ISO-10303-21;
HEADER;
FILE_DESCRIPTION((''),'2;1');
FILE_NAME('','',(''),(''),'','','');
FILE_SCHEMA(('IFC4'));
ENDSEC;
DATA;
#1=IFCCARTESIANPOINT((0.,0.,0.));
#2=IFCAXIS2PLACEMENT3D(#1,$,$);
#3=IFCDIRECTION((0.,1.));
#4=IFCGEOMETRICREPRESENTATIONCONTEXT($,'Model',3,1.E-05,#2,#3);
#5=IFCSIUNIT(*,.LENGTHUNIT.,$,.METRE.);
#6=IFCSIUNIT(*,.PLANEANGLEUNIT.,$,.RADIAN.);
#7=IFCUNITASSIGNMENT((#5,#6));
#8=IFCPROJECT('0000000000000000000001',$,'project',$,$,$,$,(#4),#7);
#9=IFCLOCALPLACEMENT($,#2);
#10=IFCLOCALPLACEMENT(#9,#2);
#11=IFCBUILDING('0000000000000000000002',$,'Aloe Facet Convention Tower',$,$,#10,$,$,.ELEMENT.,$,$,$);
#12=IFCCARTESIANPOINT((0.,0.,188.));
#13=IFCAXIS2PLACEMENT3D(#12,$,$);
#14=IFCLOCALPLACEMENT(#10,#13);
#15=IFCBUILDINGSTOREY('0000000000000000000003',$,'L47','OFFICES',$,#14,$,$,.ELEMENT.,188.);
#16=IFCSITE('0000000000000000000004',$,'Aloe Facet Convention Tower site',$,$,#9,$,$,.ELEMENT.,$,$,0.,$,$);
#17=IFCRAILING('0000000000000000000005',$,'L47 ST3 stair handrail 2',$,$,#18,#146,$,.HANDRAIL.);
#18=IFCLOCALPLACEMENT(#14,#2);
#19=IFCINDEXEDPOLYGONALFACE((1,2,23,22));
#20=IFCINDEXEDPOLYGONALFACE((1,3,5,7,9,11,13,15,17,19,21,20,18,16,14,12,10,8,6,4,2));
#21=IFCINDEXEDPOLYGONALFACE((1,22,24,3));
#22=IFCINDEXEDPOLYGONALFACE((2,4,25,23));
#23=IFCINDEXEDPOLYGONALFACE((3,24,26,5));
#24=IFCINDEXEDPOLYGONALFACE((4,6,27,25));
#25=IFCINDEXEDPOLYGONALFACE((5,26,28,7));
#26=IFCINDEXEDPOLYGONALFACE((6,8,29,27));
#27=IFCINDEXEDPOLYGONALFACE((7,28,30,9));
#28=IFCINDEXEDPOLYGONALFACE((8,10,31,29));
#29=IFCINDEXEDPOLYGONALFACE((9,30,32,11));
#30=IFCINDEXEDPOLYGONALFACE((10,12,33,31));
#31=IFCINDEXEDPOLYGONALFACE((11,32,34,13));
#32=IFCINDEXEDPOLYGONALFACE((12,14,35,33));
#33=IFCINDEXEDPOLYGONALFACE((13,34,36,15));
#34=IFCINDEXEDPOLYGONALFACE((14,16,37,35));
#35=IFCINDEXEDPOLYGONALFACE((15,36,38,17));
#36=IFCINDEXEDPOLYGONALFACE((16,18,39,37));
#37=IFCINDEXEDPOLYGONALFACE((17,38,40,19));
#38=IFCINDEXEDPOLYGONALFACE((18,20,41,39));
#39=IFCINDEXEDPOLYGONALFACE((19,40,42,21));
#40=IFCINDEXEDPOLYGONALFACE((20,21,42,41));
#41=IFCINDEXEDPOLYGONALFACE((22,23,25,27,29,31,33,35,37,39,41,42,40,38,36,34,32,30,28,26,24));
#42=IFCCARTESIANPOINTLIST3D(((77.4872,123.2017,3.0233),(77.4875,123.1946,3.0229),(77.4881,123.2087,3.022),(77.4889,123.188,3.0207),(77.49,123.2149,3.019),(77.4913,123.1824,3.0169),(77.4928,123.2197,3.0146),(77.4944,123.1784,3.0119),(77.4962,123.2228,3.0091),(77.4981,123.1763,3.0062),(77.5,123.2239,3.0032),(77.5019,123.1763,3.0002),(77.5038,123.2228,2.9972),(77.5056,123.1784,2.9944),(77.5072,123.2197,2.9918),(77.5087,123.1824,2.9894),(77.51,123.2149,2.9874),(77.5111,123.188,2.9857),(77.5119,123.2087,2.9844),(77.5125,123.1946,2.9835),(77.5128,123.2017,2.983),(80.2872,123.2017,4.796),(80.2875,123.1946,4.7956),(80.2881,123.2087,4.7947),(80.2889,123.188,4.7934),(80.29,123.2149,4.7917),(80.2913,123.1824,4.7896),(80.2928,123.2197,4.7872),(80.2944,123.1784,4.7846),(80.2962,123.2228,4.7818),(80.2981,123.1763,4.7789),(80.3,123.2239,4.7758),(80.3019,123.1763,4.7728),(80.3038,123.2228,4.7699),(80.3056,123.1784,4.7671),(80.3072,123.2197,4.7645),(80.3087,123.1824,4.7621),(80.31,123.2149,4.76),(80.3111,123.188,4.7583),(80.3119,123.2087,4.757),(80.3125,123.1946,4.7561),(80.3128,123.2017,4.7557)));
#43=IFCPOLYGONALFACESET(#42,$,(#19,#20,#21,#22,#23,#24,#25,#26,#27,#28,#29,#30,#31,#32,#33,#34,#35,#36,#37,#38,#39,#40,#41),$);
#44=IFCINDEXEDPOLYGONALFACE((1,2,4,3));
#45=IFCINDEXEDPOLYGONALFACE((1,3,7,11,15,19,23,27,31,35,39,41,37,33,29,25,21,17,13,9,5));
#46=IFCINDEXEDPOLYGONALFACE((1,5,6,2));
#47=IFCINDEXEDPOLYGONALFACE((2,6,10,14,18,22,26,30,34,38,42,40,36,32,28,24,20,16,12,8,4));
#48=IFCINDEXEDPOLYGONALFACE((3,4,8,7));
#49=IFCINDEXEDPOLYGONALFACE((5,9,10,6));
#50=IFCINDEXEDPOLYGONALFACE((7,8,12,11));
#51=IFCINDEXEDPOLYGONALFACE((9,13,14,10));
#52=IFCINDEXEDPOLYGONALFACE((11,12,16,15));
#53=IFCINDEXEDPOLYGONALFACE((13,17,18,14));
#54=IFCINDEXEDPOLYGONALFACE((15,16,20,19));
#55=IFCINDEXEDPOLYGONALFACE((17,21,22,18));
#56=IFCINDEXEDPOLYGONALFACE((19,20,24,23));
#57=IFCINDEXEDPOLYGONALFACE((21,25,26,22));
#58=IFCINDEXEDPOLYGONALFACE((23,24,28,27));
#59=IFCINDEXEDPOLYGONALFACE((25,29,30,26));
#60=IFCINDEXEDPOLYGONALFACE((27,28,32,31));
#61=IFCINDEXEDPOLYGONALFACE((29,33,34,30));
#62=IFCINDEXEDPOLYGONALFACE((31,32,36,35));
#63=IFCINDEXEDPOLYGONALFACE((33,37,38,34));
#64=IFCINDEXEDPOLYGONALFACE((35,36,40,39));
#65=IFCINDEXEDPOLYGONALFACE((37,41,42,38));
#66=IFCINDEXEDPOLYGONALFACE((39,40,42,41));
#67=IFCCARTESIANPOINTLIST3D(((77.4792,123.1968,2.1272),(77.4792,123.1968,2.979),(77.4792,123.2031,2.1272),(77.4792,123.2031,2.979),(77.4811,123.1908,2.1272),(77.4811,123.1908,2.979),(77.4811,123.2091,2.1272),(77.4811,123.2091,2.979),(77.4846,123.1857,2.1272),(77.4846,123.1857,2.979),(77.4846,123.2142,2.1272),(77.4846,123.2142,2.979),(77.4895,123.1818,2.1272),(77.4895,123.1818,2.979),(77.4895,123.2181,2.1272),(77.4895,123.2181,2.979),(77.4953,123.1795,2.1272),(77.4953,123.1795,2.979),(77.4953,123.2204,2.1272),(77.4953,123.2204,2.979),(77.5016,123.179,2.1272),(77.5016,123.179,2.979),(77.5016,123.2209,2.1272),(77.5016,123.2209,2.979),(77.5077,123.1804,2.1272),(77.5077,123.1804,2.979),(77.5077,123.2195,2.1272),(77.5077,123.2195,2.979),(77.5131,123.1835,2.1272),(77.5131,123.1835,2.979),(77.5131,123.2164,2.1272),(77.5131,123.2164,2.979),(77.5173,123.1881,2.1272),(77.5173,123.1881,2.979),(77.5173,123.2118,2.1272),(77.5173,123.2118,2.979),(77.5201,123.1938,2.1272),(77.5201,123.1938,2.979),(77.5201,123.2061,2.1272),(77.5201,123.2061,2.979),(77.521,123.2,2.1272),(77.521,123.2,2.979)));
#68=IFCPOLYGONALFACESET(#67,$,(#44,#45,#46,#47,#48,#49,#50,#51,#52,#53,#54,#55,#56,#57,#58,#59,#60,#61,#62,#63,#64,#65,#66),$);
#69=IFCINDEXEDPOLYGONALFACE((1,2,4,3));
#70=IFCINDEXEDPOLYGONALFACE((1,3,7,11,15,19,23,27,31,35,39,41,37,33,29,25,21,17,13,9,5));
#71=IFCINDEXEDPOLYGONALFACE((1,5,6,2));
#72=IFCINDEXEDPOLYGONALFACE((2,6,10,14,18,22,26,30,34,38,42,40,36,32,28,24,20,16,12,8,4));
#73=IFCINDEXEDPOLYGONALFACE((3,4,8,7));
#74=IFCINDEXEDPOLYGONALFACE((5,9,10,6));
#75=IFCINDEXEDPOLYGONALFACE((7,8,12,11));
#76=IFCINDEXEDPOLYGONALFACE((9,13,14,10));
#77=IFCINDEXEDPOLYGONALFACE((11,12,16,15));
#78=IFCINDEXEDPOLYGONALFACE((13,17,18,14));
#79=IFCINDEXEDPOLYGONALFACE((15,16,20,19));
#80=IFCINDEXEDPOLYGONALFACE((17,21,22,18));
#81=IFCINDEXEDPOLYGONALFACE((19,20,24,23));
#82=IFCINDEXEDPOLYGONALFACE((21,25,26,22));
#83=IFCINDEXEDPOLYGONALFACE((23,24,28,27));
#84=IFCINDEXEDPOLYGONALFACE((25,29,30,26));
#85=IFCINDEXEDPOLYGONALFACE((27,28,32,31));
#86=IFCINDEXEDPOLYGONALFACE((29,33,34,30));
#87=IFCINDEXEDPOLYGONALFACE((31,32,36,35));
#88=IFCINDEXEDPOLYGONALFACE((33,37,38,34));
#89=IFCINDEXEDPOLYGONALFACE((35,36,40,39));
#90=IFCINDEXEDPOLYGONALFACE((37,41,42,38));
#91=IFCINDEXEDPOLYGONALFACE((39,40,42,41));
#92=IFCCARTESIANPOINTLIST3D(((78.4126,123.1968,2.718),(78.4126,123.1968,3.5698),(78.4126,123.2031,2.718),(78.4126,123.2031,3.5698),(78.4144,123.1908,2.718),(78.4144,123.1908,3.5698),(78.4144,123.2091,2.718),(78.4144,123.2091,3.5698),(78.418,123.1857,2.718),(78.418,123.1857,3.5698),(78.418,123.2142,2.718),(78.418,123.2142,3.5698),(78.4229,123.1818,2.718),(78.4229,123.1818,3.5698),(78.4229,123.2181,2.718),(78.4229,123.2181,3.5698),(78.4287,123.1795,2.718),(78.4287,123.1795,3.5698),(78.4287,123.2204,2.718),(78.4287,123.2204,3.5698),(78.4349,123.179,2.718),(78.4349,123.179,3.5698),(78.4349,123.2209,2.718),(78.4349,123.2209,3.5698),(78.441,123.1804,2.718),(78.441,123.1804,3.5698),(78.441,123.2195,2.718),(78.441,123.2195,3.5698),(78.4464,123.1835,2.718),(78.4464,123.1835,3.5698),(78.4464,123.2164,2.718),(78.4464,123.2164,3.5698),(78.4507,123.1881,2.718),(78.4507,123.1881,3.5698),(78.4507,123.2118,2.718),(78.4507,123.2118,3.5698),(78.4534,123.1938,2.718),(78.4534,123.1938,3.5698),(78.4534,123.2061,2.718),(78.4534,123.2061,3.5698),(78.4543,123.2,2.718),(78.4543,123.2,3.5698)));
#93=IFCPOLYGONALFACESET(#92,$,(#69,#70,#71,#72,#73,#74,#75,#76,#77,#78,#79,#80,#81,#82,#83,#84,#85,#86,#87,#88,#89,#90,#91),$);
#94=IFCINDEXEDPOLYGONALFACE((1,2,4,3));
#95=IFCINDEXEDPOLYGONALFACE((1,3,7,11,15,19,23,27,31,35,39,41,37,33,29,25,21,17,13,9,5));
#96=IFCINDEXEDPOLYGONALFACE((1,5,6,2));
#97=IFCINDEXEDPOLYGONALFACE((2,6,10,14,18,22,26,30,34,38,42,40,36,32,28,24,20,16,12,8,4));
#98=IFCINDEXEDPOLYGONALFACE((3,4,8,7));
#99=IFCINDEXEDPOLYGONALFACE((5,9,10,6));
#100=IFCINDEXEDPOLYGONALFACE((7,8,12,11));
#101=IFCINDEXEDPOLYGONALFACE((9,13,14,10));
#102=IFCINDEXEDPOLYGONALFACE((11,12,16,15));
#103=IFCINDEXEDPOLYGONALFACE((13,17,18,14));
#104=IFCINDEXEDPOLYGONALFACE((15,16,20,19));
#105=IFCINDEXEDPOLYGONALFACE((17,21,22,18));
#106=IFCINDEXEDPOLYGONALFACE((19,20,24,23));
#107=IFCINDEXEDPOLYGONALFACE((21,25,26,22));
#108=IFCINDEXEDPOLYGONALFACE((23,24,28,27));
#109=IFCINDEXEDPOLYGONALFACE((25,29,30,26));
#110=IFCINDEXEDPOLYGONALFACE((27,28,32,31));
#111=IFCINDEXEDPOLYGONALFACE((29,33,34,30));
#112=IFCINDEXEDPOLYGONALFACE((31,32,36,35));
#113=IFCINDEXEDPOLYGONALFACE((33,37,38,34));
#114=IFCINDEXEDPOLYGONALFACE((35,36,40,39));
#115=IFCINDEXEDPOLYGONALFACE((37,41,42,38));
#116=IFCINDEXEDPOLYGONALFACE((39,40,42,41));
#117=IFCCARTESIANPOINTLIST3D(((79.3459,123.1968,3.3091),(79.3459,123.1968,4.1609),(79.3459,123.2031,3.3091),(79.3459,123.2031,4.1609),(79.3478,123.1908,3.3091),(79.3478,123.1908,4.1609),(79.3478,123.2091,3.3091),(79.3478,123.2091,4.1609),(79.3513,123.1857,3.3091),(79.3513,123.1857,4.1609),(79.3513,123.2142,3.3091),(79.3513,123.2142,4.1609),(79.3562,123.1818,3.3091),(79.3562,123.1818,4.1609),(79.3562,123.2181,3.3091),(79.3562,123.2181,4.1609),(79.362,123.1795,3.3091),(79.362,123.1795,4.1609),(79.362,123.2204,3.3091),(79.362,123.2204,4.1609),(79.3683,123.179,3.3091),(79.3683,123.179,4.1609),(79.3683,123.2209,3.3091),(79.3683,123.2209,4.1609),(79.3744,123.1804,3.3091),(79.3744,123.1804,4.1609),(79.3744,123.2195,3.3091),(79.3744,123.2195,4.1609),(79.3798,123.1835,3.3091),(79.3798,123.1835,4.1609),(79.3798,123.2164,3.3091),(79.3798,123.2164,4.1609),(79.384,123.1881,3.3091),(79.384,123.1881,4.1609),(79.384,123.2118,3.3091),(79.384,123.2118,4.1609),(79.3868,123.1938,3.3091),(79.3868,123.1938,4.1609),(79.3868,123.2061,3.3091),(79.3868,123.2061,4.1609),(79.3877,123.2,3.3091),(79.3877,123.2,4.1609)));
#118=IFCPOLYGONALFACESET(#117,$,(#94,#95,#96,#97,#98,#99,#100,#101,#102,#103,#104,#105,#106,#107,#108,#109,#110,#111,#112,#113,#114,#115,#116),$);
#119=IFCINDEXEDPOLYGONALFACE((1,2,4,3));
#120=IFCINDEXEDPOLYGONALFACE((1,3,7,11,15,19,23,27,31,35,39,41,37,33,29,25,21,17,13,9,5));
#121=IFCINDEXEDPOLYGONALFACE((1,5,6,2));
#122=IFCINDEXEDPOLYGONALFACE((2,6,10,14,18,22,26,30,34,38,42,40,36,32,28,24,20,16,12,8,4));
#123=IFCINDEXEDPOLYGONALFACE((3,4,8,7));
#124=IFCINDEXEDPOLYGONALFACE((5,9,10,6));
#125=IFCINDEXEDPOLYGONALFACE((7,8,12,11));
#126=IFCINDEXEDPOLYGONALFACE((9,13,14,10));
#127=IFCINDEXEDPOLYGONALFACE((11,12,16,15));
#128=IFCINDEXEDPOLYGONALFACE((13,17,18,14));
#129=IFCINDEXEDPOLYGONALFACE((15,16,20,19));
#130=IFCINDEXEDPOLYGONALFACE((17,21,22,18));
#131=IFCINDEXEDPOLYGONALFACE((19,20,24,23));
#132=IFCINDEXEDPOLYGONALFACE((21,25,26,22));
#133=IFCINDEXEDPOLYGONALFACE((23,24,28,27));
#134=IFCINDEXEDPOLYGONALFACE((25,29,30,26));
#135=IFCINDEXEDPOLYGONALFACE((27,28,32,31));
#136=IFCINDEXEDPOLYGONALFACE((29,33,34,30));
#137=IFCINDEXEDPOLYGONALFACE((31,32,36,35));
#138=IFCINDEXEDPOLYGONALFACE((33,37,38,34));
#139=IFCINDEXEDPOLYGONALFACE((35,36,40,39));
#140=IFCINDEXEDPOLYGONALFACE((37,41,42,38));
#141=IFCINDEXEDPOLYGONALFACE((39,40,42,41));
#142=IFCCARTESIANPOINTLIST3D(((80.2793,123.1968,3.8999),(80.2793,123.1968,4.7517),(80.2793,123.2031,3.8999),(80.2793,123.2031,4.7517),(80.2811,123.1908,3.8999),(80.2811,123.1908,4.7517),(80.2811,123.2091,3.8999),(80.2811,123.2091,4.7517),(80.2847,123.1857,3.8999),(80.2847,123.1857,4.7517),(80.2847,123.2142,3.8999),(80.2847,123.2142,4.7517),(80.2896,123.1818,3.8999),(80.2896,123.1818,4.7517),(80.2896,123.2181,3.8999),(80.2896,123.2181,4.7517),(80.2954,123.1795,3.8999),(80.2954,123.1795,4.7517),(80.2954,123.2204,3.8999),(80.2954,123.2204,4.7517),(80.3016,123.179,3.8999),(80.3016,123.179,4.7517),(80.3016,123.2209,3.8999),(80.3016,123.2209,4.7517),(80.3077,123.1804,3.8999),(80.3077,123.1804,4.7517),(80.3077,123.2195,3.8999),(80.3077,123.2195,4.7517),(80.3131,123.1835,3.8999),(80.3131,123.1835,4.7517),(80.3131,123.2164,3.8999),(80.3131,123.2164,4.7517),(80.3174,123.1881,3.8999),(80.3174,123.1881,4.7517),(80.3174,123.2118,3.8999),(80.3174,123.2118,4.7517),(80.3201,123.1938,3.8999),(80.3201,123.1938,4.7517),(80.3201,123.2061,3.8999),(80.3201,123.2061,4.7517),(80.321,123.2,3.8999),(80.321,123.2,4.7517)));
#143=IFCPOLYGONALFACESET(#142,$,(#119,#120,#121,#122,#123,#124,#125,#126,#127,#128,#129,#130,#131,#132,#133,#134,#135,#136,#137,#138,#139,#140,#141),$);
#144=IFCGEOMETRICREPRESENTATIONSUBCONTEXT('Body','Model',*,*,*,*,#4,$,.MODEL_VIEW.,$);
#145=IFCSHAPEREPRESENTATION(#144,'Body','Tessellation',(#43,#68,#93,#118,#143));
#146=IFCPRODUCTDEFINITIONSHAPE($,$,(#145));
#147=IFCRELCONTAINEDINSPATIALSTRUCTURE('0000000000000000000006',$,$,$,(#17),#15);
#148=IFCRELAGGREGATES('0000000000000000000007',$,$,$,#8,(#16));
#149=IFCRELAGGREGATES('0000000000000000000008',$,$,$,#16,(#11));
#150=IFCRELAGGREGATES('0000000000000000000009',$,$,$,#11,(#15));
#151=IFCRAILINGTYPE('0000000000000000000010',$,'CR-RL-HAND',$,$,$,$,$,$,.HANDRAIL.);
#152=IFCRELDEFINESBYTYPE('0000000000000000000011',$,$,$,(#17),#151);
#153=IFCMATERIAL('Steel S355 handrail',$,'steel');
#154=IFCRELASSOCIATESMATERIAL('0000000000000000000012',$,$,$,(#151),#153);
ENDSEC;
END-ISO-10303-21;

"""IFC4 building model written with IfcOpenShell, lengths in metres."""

from ifc_helpers import new_model, si_unit, direction, frame, origin, origin_2d, place, context, subcontext, project, spatial, circle, extrude, material, type_object, element, save


model = new_model("IFC4")

# Units and contexts
model_context = context("Model", 3, precision=1e-05, world=origin(), true_north=direction((0.0, 1.0)))
body_context = subcontext(model_context, "Body", "Model", "MODEL_VIEW")
ifc_project = project(units=[si_unit("LENGTHUNIT", "METRE"), si_unit("PLANEANGLEUNIT", "RADIAN")], contexts=[model_context])

# Site, building, storey
site_placement = place(None, origin())
site = spatial("IfcSite", under=ifc_project, at=site_placement, Name="Aloe Facet Convention Tower site", CompositionType="ELEMENT", RefElevation=0.0)
building_placement = place(site_placement, origin())
building = spatial("IfcBuilding", under=site, at=building_placement, Name="Aloe Facet Convention Tower", CompositionType="ELEMENT")
storey_placement = place(building_placement, frame((0.0, 0.0, 188.0)))
storey = spatial("IfcBuildingStorey", under=building, at=storey_placement, Name="L47", Description="OFFICES", CompositionType="ELEMENT", Elevation=188.0)

# Railing
ifc_material_1 = material(Name="Steel S355 handrail", Category="steel")
railing_type = type_object("IfcRailingType", Name="CR-RL-HAND", PredefinedType="HANDRAIL", material=ifc_material_1)
railing_placement = place(storey_placement, frame((77.5, 123.2, 2.1272)))
element("IfcRailing", 1, at=railing_placement, inside=storey, type_object=railing_type, Name="L47 ST3 stair handrail 2", PredefinedType="HANDRAIL", context=body_context, shape_type="SweptSolid", body=[
    extrude(circle(Radius=0.0239, at=origin_2d()), frame((0.0, 0.0, 0.876), z_axis=(0.844909, 0.0, 0.53491), x_axis=(0.0, 1.0, 0.0)), (0.0, 0.0, 1.0), 3.314),
    extrude(circle(Radius=0.021, at=origin_2d()), origin(), (0.0, 0.0, 1.0), 0.8518),
    extrude(circle(Radius=0.021, at=origin_2d()), frame((0.9333, 0.0, 0.5908)), (0.0, 0.0, 1.0), 0.8518),
    extrude(circle(Radius=0.021, at=origin_2d()), frame((1.8667, 0.0, 1.1819)), (0.0, 0.0, 1.0), 0.8518),
    extrude(circle(Radius=0.021, at=origin_2d()), frame((2.8, 0.0, 1.7727)), (0.0, 0.0, 1.0), 0.8518),
])

save(model, "model.ifc")
